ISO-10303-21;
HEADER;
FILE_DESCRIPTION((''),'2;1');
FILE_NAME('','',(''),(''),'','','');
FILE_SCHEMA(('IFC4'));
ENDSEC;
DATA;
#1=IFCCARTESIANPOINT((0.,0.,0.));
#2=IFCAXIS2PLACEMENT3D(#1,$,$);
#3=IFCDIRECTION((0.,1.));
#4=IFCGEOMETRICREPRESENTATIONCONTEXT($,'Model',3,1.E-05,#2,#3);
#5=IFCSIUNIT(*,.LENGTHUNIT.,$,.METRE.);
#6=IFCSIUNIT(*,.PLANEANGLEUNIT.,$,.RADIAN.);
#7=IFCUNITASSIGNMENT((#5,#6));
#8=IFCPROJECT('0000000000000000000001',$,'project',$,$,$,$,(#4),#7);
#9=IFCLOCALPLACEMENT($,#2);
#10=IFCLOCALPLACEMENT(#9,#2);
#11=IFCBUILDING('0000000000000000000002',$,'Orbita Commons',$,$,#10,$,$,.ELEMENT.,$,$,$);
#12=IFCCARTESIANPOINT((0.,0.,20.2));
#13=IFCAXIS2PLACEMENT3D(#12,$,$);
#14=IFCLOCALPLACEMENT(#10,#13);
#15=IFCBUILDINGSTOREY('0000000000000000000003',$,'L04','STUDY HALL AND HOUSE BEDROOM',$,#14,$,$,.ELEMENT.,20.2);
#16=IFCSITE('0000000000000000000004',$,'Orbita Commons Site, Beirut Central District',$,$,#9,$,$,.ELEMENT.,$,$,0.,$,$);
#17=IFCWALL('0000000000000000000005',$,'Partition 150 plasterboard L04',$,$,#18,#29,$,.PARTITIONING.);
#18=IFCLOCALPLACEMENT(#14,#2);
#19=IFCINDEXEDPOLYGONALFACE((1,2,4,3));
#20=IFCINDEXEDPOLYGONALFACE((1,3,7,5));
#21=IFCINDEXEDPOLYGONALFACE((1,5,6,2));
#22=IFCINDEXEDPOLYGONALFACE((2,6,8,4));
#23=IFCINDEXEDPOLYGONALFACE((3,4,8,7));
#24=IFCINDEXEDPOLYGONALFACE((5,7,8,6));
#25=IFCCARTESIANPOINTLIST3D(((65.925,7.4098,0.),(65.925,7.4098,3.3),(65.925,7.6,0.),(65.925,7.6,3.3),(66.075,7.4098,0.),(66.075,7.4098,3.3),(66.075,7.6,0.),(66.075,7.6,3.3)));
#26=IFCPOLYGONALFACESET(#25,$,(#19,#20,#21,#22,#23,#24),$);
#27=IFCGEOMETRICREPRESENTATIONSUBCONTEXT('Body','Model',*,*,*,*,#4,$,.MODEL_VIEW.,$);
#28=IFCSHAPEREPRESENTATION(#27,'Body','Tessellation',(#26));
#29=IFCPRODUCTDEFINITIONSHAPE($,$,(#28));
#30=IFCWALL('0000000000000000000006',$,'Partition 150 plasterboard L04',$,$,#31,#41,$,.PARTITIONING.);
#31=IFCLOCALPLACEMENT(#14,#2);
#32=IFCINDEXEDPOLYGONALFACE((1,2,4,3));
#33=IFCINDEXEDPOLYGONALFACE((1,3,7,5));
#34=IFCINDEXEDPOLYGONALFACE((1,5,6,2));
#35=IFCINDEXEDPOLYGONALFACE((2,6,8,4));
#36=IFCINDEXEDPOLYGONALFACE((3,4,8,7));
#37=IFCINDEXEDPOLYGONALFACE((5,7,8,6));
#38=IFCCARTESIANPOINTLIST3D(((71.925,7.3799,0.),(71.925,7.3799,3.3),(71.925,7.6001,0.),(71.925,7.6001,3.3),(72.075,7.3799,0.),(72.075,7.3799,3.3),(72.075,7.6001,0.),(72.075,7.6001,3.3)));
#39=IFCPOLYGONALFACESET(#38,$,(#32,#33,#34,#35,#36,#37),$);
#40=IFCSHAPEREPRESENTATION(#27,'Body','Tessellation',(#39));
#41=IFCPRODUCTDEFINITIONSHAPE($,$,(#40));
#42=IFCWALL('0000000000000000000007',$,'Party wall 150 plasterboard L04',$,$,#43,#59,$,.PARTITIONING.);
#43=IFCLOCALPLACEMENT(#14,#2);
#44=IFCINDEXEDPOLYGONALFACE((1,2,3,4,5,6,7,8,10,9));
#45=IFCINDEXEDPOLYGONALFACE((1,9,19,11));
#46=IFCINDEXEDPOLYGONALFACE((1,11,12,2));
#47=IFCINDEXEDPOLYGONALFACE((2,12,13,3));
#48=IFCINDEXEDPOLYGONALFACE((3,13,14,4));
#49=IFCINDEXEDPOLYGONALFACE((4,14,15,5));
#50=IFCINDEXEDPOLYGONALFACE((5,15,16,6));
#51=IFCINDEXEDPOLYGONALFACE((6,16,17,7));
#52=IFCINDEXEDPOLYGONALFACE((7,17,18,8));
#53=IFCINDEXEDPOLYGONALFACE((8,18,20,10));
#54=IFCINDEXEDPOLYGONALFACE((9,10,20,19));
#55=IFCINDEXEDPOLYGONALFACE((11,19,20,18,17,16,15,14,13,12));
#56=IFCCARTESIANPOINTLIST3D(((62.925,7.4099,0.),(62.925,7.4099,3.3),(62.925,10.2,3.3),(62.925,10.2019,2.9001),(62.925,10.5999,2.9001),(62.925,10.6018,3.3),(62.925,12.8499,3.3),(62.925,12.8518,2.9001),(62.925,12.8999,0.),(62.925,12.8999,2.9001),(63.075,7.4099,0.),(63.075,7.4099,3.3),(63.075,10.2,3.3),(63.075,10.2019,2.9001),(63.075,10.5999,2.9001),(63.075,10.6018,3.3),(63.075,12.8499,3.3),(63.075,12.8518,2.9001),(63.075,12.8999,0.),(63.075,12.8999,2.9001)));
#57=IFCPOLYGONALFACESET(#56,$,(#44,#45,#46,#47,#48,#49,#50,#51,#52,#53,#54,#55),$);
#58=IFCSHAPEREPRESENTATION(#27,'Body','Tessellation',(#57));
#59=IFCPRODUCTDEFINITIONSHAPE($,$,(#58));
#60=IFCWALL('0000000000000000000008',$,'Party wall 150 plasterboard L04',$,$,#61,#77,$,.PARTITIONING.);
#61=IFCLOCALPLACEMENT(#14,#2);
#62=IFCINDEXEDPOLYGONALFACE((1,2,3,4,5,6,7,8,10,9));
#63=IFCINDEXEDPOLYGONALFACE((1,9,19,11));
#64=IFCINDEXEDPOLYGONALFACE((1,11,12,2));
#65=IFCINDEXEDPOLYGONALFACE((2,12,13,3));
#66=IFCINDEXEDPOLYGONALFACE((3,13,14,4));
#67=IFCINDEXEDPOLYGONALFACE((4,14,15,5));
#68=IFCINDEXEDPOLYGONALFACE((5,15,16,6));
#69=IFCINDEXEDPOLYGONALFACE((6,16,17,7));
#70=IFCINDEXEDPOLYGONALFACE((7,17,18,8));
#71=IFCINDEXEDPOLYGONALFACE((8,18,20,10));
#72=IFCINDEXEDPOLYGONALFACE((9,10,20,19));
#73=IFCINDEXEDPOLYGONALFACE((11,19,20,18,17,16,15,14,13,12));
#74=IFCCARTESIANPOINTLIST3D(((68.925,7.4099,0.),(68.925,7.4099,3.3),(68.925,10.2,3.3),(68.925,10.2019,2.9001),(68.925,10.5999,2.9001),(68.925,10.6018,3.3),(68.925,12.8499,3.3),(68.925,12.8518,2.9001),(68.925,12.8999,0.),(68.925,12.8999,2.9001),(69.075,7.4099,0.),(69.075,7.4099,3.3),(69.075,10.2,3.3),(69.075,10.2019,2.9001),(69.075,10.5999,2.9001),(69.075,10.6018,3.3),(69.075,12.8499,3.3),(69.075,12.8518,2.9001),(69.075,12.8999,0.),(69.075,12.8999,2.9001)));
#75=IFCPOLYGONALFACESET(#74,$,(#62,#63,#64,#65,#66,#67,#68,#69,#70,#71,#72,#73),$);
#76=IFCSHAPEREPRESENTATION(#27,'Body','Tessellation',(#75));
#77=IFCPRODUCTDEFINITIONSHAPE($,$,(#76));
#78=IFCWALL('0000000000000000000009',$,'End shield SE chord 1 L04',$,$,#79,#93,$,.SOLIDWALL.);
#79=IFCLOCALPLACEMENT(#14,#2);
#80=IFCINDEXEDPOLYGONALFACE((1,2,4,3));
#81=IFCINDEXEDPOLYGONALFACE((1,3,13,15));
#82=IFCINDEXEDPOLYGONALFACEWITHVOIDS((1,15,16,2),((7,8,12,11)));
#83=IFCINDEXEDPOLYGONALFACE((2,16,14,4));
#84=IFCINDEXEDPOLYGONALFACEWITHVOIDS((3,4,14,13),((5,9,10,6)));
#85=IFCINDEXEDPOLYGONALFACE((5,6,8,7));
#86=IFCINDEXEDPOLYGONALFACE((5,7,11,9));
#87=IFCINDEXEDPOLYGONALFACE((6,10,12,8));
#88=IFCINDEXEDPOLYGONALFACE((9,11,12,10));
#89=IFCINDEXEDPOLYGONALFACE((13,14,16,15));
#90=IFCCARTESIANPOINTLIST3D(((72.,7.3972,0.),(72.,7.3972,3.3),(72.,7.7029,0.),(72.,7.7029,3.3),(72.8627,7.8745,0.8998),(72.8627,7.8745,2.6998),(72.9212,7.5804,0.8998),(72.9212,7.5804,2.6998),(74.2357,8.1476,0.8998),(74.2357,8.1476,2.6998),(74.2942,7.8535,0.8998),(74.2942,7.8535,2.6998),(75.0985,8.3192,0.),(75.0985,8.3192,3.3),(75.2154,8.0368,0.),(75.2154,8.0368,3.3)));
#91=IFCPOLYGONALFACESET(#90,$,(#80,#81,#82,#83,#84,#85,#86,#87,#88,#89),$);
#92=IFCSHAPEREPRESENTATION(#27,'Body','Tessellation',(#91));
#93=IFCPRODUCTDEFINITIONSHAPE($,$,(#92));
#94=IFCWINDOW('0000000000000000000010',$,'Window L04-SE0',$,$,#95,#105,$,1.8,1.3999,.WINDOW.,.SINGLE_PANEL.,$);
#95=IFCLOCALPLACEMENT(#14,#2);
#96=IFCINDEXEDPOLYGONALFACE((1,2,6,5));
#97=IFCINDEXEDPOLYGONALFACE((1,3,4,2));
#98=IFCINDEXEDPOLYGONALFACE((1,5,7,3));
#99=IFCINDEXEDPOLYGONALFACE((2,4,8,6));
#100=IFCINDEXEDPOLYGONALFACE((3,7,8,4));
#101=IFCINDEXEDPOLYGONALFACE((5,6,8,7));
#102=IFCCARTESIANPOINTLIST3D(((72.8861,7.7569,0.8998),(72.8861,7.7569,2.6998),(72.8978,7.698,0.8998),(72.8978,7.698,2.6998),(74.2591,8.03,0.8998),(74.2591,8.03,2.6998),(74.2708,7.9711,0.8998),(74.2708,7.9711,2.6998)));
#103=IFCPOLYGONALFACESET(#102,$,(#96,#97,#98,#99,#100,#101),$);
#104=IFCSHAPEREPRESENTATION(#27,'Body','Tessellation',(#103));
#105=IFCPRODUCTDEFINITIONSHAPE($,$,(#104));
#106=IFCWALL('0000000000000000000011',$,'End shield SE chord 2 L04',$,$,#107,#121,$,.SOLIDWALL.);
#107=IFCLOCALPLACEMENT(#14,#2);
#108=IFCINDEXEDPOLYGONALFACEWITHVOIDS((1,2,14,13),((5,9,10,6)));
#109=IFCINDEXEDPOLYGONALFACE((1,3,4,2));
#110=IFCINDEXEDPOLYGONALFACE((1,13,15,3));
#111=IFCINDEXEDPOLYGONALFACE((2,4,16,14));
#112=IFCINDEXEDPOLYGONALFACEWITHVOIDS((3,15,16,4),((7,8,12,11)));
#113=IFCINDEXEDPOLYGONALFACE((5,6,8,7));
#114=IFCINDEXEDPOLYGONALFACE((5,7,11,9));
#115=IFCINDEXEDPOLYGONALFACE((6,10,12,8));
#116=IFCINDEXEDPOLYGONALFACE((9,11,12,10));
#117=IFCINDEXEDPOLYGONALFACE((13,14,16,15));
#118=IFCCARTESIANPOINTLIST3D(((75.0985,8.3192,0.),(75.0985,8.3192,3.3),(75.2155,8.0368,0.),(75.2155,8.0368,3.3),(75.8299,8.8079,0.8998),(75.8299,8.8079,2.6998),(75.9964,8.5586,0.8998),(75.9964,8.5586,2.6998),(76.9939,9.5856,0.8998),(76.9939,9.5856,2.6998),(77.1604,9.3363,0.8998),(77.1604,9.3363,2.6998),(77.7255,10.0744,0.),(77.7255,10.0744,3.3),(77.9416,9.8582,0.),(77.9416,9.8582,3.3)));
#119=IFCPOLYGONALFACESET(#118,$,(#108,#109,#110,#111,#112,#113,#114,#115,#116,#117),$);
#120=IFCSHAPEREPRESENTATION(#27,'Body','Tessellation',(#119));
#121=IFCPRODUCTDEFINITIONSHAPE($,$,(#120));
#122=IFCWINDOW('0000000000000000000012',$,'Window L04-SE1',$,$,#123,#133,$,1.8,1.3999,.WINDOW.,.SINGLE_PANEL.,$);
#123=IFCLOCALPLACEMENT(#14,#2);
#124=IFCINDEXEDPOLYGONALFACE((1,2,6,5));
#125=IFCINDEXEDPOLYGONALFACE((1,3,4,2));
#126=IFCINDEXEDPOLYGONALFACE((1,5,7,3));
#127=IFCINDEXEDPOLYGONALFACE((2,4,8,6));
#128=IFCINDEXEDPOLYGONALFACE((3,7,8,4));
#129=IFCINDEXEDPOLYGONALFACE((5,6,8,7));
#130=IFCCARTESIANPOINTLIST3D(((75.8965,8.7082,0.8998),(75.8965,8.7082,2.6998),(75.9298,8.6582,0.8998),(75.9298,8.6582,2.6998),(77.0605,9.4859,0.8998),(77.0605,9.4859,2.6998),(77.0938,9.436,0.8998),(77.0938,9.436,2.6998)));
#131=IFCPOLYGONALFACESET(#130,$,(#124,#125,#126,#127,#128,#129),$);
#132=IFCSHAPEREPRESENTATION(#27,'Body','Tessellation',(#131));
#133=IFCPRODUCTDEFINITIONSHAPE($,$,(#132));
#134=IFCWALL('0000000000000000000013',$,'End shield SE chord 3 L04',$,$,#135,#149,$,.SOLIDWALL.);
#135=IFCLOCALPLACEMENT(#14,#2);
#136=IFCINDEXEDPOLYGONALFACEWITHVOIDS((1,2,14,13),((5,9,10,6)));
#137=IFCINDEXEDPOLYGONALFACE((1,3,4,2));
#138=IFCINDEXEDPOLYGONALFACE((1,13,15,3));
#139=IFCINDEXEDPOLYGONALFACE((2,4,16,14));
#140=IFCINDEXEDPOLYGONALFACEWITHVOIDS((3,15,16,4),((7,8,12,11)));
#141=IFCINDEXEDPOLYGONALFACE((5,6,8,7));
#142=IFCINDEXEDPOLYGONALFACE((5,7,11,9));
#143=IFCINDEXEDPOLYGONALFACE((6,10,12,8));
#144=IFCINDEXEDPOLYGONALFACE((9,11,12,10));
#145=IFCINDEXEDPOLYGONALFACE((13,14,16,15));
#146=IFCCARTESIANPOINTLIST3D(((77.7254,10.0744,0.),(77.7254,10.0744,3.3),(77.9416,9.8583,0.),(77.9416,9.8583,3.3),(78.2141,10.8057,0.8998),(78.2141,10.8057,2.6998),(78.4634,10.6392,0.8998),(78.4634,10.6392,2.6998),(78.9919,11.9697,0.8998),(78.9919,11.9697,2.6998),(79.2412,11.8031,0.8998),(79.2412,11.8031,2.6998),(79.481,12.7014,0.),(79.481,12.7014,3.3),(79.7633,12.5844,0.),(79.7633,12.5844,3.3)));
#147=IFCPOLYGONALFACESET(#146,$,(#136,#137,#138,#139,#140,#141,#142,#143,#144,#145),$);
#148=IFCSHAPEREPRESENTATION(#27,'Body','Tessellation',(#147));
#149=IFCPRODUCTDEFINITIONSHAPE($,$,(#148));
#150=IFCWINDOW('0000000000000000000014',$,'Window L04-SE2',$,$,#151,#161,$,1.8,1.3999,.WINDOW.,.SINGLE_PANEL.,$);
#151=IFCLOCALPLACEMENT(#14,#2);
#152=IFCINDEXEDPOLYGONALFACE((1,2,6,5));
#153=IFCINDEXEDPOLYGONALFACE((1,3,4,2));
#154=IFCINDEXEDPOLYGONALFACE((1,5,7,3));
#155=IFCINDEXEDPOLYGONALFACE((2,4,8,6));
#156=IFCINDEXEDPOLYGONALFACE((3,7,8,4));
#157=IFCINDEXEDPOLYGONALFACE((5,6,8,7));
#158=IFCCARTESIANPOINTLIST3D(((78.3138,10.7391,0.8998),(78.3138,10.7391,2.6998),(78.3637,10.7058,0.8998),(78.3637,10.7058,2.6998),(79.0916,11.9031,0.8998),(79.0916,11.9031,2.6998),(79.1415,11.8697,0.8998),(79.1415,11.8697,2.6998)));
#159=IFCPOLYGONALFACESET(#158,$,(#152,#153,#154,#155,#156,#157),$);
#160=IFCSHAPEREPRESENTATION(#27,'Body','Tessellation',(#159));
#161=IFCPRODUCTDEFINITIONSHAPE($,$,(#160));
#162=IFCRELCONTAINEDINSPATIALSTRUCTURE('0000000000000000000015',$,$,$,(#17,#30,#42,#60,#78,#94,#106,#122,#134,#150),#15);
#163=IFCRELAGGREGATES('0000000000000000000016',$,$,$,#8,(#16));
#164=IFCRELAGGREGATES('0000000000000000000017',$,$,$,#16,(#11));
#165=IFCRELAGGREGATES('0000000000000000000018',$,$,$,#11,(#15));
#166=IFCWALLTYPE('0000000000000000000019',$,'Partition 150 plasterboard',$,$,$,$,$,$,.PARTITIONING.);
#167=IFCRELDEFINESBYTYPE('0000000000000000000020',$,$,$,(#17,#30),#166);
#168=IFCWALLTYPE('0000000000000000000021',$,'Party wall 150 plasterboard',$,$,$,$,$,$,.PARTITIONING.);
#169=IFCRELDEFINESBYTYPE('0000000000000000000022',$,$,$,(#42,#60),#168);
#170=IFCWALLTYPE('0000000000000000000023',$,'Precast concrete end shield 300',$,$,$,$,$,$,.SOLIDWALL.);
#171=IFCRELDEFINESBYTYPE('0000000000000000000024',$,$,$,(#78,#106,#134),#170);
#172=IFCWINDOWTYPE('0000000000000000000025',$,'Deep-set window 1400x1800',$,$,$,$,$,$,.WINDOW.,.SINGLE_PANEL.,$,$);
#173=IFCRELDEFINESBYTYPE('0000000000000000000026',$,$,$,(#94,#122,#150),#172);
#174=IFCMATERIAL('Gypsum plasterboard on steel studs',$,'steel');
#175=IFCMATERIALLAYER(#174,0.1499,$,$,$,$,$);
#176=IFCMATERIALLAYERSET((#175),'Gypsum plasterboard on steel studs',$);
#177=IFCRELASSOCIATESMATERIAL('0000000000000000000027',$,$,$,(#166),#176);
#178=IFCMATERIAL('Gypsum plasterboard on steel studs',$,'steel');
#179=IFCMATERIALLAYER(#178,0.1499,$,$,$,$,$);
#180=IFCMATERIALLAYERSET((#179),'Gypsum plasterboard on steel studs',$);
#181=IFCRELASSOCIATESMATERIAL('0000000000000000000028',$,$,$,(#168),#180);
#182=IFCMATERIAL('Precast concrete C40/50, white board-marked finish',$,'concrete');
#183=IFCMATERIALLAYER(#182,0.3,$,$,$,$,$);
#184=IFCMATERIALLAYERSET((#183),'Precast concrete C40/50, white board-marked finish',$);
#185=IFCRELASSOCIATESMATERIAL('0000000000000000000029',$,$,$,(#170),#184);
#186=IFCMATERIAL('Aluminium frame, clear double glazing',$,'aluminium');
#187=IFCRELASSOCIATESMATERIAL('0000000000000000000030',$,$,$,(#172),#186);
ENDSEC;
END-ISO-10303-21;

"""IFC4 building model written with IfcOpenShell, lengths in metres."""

from ifc_helpers import new_model, si_unit, direction, frame, frame_2d, origin, place, context, subcontext, project, spatial, polyline, rectangle, outline, extrude, material, layer, layer_set, type_object, element, fill, save


model = new_model("IFC4")

# Units and contexts
model_context = context("Model", 3, precision=1e-05, world=origin(), true_north=direction((0.0, 1.0)))
body_context = subcontext(model_context, "Body", "Model", "MODEL_VIEW")
ifc_project = project(units=[si_unit("LENGTHUNIT", "METRE"), si_unit("PLANEANGLEUNIT", "RADIAN")], contexts=[model_context])

# Site, building, storey
site_placement = place(None, origin())
site = spatial("IfcSite", under=ifc_project, at=site_placement, Name="Orbita Commons Site, Beirut Central District", CompositionType="ELEMENT", RefElevation=0.0)
building_placement = place(site_placement, origin())
building = spatial("IfcBuilding", under=site, at=building_placement, Name="Orbita Commons", CompositionType="ELEMENT")
storey_placement = place(building_placement, frame((0.0, 0.0, 20.2)))
storey = spatial("IfcBuildingStorey", under=building, at=storey_placement, Name="L04", Description="STUDY HALL AND HOUSE BEDROOM", CompositionType="ELEMENT", Elevation=20.2)

# Walls
ifc_material_1 = material(Name="Gypsum plasterboard on steel studs", Category="steel")
ifc_layer_1 = layer(ifc_material_1, 0.1499)
ifc_layer_set_1 = layer_set([ifc_layer_1], Name="Gypsum plasterboard on steel studs")
wall_type_1 = type_object("IfcWallType", Name="Partition 150 plasterboard", PredefinedType="PARTITIONING", material=ifc_layer_set_1)
wall_1_placement = place(storey_placement, frame((66.0, 7.6001, 0.0), z_axis=(0.0, 0.0, 1.0), x_axis=(0.0, -1.0, 0.0)))
element("IfcWall", 1, at=wall_1_placement, inside=storey, type_object=wall_type_1, Name="Partition 150 plasterboard L04", PredefinedType="PARTITIONING", context=body_context, shape_type="SweptSolid", body=[
    extrude(rectangle(XDim=0.1902, YDim=0.1499, at=frame_2d((0.0952, 0.0))), origin(), (0.0, 0.0, 1.0), 3.3),
])
wall_2_placement = place(storey_placement, frame((72.0, 7.6001, 0.0), z_axis=(0.0, 0.0, 1.0), x_axis=(0.0, -1.0, 0.0)))
element("IfcWall", 2, at=wall_2_placement, inside=storey, type_object=wall_type_1, Name="Partition 150 plasterboard L04", PredefinedType="PARTITIONING", context=body_context, shape_type="SweptSolid", body=[
    extrude(rectangle(XDim=0.2202, YDim=0.1499, at=frame_2d((0.1101, 0.0))), origin(), (0.0, 0.0, 1.0), 3.3),
])
ifc_material_2 = material(Name="Gypsum plasterboard on steel studs", Category="steel")
ifc_layer_2 = layer(ifc_material_2, 0.1499)
ifc_layer_set_2 = layer_set([ifc_layer_2], Name="Gypsum plasterboard on steel studs")
wall_type_2 = type_object("IfcWallType", Name="Party wall 150 plasterboard", PredefinedType="PARTITIONING", material=ifc_layer_set_2)
for number, where, z_axis, x_axis, name in (
    (3, (63.0, 7.4099, 0.0), (0.0, 0.0, 1.0), (0.0, 1.0, 0.0), "Party wall 150 plasterboard L04"),
    (4, (69.0, 7.4099, 0.0), (0.0, 0.0, 1.0), (0.0, 1.0, 0.0), "Party wall 150 plasterboard L04"),
):
    element("IfcWall", number, at=place(storey_placement, frame(where, z_axis=z_axis, x_axis=x_axis)), inside=storey, type_object=wall_type_2, Name=name, PredefinedType="PARTITIONING", context=body_context, shape_type="SweptSolid", body=[
        extrude(outline(polyline([(0.0, 0.0), (5.49, 0.0), (5.49, 2.9001), (5.4419, 2.9001), (5.4399, 3.3), (3.1919, 3.3), (3.1899, 2.9001), (2.792, 2.9001), (2.79, 3.3), (0.0, 3.3), (0.0, 0.0)])), frame((0.0, 0.075, 0.0), z_axis=(0.0, -1.0, 0.0), x_axis=(1.0, 0.0, 0.0)), (0.0, 0.0, 1.0), 0.1499),
    ])

# Walls, openings, windows
ifc_material_3 = material(Name="Precast concrete C40/50, white board-marked finish", Category="concrete")
ifc_layer_3 = layer(ifc_material_3, 0.3)
ifc_layer_set_3 = layer_set([ifc_layer_3], Name="Precast concrete C40/50, white board-marked finish")
wall_type_3 = type_object("IfcWallType", Name="Precast concrete end shield 300", PredefinedType="SOLIDWALL", material=ifc_layer_set_3)
wall_3_placement = place(storey_placement, frame((72.0, 7.55, 0.0), z_axis=(0.0, 0.0, 1.0), x_axis=(0.980787, 0.19508, 0.0)))
wall_3 = element("IfcWall", 5, at=wall_3_placement, inside=storey, type_object=wall_type_3, Name="End shield SE chord 1 L04", PredefinedType="SOLIDWALL", context=body_context, shape_type="SweptSolid", body=[
    extrude(outline(polyline([(-0.0298, -0.1499), (3.2485, -0.1499), (3.189, 0.1499), (0.0298, 0.1499), (-0.0298, -0.1499)])), origin(), (0.0, 0.0, 1.0), 3.3),
])
opening_1_placement = place(wall_3_placement, frame((0.9094, 0.0, 0.8999)))
opening_1 = element("IfcOpeningElement", 6, at=opening_1_placement, cuts=wall_3, PredefinedType="OPENING", context=body_context, shape_type="SweptSolid", body=[
    extrude(rectangle(XDim=1.3999, YDim=1.8, at=frame_2d((0.7, 0.8999))), frame((0.0, 0.1599, 0.0), z_axis=(0.0, -1.0, 0.0), x_axis=(1.0, 0.0, 0.0)), (0.0, 0.0, 1.0), 0.3201),
])
ifc_material_4 = material(Name="Aluminium frame, clear double glazing", Category="aluminium")
window_type = type_object("IfcWindowType", Name="Deep-set window 1400x1800", PartitioningType="SINGLE_PANEL", PredefinedType="WINDOW", material=ifc_material_4)
window_1_placement = place(opening_1_placement, origin())
window_1 = element("IfcWindow", 7, at=window_1_placement, inside=storey, type_object=window_type, Name="Window L04-SE0", OverallHeight=1.8, OverallWidth=1.3999, PartitioningType="SINGLE_PANEL", PredefinedType="WINDOW", context=body_context, shape_type="SweptSolid", body=[
    extrude(rectangle(XDim=1.3999, YDim=1.8, at=frame_2d((0.7, 0.8999))), frame((0.0, 0.03, 0.0), z_axis=(0.0, -1.0, 0.0), x_axis=(1.0, 0.0, 0.0)), (0.0, 0.0, 1.0), 0.0601),
])
fill(opening_1, window_1)
wall_4_placement = place(storey_placement, frame((75.157, 8.178, 0.0), z_axis=(0.0, 0.0, 1.0), x_axis=(0.831478, 0.555558, 0.0)))
wall_4 = element("IfcWall", 8, at=wall_4_placement, inside=storey, type_object=wall_type_3, Name="End shield SE chord 2 L04", PredefinedType="SOLIDWALL", context=body_context, shape_type="SweptSolid", body=[
    extrude(outline(polyline([(-0.0298, -0.1499), (3.2488, -0.1499), (3.1892, 0.1499), (0.0298, 0.1499), (-0.0298, -0.1499)])), origin(), (0.0, 0.0, 1.0), 3.3),
])
opening_2_placement = place(wall_4_placement, frame((0.9094, 0.0, 0.8999)))
opening_2 = element("IfcOpeningElement", 9, at=opening_2_placement, cuts=wall_4, PredefinedType="OPENING", context=body_context, shape_type="SweptSolid", body=[
    extrude(rectangle(XDim=1.3999, YDim=1.8, at=frame_2d((0.7, 0.8999))), frame((0.0, 0.1599, 0.0), z_axis=(0.0, -1.0, 0.0), x_axis=(1.0, 0.0, 0.0)), (0.0, 0.0, 1.0), 0.3201),
])
window_2_placement = place(opening_2_placement, origin())
window_2 = element("IfcWindow", 10, at=window_2_placement, inside=storey, type_object=window_type, Name="Window L04-SE1", OverallHeight=1.8, OverallWidth=1.3999, PartitioningType="SINGLE_PANEL", PredefinedType="WINDOW", context=body_context, shape_type="SweptSolid", body=[
    extrude(rectangle(XDim=1.3999, YDim=1.8, at=frame_2d((0.7, 0.8999))), frame((0.0, 0.03, 0.0), z_axis=(0.0, -1.0, 0.0), x_axis=(1.0, 0.0, 0.0)), (0.0, 0.0, 1.0), 0.0601),
])
fill(opening_2, window_2)
wall_5_placement = place(storey_placement, frame((77.8335, 9.9663, 0.0), z_axis=(0.0, 0.0, 1.0), x_axis=(0.55561, 0.831443, 0.0)))
wall_5 = element("IfcWall", 11, at=wall_5_placement, inside=storey, type_object=wall_type_3, Name="End shield SE chord 3 L04", PredefinedType="SOLIDWALL", context=body_context, shape_type="SweptSolid", body=[
    extrude(outline(polyline([(-0.0298, -0.1499), (3.249, -0.1499), (3.1895, 0.1499), (0.0298, 0.1499), (-0.0298, -0.1499)])), origin(), (0.0, 0.0, 1.0), 3.3),
])
opening_3_placement = place(wall_5_placement, frame((0.9094, 0.0, 0.8999)))
opening_3 = element("IfcOpeningElement", 12, at=opening_3_placement, cuts=wall_5, PredefinedType="OPENING", context=body_context, shape_type="SweptSolid", body=[
    extrude(rectangle(XDim=1.3999, YDim=1.8, at=frame_2d((0.7, 0.8999))), frame((0.0, 0.1599, 0.0), z_axis=(0.0, -1.0, 0.0), x_axis=(1.0, 0.0, 0.0)), (0.0, 0.0, 1.0), 0.3201),
])
window_3_placement = place(opening_3_placement, origin())
window_3 = element("IfcWindow", 13, at=window_3_placement, inside=storey, type_object=window_type, Name="Window L04-SE2", OverallHeight=1.8, OverallWidth=1.3999, PartitioningType="SINGLE_PANEL", PredefinedType="WINDOW", context=body_context, shape_type="SweptSolid", body=[
    extrude(rectangle(XDim=1.3999, YDim=1.8, at=frame_2d((0.7, 0.8999))), frame((0.0, 0.03, 0.0), z_axis=(0.0, -1.0, 0.0), x_axis=(1.0, 0.0, 0.0)), (0.0, 0.0, 1.0), 0.0601),
])
fill(opening_3, window_3)

save(model, "model.ifc")
